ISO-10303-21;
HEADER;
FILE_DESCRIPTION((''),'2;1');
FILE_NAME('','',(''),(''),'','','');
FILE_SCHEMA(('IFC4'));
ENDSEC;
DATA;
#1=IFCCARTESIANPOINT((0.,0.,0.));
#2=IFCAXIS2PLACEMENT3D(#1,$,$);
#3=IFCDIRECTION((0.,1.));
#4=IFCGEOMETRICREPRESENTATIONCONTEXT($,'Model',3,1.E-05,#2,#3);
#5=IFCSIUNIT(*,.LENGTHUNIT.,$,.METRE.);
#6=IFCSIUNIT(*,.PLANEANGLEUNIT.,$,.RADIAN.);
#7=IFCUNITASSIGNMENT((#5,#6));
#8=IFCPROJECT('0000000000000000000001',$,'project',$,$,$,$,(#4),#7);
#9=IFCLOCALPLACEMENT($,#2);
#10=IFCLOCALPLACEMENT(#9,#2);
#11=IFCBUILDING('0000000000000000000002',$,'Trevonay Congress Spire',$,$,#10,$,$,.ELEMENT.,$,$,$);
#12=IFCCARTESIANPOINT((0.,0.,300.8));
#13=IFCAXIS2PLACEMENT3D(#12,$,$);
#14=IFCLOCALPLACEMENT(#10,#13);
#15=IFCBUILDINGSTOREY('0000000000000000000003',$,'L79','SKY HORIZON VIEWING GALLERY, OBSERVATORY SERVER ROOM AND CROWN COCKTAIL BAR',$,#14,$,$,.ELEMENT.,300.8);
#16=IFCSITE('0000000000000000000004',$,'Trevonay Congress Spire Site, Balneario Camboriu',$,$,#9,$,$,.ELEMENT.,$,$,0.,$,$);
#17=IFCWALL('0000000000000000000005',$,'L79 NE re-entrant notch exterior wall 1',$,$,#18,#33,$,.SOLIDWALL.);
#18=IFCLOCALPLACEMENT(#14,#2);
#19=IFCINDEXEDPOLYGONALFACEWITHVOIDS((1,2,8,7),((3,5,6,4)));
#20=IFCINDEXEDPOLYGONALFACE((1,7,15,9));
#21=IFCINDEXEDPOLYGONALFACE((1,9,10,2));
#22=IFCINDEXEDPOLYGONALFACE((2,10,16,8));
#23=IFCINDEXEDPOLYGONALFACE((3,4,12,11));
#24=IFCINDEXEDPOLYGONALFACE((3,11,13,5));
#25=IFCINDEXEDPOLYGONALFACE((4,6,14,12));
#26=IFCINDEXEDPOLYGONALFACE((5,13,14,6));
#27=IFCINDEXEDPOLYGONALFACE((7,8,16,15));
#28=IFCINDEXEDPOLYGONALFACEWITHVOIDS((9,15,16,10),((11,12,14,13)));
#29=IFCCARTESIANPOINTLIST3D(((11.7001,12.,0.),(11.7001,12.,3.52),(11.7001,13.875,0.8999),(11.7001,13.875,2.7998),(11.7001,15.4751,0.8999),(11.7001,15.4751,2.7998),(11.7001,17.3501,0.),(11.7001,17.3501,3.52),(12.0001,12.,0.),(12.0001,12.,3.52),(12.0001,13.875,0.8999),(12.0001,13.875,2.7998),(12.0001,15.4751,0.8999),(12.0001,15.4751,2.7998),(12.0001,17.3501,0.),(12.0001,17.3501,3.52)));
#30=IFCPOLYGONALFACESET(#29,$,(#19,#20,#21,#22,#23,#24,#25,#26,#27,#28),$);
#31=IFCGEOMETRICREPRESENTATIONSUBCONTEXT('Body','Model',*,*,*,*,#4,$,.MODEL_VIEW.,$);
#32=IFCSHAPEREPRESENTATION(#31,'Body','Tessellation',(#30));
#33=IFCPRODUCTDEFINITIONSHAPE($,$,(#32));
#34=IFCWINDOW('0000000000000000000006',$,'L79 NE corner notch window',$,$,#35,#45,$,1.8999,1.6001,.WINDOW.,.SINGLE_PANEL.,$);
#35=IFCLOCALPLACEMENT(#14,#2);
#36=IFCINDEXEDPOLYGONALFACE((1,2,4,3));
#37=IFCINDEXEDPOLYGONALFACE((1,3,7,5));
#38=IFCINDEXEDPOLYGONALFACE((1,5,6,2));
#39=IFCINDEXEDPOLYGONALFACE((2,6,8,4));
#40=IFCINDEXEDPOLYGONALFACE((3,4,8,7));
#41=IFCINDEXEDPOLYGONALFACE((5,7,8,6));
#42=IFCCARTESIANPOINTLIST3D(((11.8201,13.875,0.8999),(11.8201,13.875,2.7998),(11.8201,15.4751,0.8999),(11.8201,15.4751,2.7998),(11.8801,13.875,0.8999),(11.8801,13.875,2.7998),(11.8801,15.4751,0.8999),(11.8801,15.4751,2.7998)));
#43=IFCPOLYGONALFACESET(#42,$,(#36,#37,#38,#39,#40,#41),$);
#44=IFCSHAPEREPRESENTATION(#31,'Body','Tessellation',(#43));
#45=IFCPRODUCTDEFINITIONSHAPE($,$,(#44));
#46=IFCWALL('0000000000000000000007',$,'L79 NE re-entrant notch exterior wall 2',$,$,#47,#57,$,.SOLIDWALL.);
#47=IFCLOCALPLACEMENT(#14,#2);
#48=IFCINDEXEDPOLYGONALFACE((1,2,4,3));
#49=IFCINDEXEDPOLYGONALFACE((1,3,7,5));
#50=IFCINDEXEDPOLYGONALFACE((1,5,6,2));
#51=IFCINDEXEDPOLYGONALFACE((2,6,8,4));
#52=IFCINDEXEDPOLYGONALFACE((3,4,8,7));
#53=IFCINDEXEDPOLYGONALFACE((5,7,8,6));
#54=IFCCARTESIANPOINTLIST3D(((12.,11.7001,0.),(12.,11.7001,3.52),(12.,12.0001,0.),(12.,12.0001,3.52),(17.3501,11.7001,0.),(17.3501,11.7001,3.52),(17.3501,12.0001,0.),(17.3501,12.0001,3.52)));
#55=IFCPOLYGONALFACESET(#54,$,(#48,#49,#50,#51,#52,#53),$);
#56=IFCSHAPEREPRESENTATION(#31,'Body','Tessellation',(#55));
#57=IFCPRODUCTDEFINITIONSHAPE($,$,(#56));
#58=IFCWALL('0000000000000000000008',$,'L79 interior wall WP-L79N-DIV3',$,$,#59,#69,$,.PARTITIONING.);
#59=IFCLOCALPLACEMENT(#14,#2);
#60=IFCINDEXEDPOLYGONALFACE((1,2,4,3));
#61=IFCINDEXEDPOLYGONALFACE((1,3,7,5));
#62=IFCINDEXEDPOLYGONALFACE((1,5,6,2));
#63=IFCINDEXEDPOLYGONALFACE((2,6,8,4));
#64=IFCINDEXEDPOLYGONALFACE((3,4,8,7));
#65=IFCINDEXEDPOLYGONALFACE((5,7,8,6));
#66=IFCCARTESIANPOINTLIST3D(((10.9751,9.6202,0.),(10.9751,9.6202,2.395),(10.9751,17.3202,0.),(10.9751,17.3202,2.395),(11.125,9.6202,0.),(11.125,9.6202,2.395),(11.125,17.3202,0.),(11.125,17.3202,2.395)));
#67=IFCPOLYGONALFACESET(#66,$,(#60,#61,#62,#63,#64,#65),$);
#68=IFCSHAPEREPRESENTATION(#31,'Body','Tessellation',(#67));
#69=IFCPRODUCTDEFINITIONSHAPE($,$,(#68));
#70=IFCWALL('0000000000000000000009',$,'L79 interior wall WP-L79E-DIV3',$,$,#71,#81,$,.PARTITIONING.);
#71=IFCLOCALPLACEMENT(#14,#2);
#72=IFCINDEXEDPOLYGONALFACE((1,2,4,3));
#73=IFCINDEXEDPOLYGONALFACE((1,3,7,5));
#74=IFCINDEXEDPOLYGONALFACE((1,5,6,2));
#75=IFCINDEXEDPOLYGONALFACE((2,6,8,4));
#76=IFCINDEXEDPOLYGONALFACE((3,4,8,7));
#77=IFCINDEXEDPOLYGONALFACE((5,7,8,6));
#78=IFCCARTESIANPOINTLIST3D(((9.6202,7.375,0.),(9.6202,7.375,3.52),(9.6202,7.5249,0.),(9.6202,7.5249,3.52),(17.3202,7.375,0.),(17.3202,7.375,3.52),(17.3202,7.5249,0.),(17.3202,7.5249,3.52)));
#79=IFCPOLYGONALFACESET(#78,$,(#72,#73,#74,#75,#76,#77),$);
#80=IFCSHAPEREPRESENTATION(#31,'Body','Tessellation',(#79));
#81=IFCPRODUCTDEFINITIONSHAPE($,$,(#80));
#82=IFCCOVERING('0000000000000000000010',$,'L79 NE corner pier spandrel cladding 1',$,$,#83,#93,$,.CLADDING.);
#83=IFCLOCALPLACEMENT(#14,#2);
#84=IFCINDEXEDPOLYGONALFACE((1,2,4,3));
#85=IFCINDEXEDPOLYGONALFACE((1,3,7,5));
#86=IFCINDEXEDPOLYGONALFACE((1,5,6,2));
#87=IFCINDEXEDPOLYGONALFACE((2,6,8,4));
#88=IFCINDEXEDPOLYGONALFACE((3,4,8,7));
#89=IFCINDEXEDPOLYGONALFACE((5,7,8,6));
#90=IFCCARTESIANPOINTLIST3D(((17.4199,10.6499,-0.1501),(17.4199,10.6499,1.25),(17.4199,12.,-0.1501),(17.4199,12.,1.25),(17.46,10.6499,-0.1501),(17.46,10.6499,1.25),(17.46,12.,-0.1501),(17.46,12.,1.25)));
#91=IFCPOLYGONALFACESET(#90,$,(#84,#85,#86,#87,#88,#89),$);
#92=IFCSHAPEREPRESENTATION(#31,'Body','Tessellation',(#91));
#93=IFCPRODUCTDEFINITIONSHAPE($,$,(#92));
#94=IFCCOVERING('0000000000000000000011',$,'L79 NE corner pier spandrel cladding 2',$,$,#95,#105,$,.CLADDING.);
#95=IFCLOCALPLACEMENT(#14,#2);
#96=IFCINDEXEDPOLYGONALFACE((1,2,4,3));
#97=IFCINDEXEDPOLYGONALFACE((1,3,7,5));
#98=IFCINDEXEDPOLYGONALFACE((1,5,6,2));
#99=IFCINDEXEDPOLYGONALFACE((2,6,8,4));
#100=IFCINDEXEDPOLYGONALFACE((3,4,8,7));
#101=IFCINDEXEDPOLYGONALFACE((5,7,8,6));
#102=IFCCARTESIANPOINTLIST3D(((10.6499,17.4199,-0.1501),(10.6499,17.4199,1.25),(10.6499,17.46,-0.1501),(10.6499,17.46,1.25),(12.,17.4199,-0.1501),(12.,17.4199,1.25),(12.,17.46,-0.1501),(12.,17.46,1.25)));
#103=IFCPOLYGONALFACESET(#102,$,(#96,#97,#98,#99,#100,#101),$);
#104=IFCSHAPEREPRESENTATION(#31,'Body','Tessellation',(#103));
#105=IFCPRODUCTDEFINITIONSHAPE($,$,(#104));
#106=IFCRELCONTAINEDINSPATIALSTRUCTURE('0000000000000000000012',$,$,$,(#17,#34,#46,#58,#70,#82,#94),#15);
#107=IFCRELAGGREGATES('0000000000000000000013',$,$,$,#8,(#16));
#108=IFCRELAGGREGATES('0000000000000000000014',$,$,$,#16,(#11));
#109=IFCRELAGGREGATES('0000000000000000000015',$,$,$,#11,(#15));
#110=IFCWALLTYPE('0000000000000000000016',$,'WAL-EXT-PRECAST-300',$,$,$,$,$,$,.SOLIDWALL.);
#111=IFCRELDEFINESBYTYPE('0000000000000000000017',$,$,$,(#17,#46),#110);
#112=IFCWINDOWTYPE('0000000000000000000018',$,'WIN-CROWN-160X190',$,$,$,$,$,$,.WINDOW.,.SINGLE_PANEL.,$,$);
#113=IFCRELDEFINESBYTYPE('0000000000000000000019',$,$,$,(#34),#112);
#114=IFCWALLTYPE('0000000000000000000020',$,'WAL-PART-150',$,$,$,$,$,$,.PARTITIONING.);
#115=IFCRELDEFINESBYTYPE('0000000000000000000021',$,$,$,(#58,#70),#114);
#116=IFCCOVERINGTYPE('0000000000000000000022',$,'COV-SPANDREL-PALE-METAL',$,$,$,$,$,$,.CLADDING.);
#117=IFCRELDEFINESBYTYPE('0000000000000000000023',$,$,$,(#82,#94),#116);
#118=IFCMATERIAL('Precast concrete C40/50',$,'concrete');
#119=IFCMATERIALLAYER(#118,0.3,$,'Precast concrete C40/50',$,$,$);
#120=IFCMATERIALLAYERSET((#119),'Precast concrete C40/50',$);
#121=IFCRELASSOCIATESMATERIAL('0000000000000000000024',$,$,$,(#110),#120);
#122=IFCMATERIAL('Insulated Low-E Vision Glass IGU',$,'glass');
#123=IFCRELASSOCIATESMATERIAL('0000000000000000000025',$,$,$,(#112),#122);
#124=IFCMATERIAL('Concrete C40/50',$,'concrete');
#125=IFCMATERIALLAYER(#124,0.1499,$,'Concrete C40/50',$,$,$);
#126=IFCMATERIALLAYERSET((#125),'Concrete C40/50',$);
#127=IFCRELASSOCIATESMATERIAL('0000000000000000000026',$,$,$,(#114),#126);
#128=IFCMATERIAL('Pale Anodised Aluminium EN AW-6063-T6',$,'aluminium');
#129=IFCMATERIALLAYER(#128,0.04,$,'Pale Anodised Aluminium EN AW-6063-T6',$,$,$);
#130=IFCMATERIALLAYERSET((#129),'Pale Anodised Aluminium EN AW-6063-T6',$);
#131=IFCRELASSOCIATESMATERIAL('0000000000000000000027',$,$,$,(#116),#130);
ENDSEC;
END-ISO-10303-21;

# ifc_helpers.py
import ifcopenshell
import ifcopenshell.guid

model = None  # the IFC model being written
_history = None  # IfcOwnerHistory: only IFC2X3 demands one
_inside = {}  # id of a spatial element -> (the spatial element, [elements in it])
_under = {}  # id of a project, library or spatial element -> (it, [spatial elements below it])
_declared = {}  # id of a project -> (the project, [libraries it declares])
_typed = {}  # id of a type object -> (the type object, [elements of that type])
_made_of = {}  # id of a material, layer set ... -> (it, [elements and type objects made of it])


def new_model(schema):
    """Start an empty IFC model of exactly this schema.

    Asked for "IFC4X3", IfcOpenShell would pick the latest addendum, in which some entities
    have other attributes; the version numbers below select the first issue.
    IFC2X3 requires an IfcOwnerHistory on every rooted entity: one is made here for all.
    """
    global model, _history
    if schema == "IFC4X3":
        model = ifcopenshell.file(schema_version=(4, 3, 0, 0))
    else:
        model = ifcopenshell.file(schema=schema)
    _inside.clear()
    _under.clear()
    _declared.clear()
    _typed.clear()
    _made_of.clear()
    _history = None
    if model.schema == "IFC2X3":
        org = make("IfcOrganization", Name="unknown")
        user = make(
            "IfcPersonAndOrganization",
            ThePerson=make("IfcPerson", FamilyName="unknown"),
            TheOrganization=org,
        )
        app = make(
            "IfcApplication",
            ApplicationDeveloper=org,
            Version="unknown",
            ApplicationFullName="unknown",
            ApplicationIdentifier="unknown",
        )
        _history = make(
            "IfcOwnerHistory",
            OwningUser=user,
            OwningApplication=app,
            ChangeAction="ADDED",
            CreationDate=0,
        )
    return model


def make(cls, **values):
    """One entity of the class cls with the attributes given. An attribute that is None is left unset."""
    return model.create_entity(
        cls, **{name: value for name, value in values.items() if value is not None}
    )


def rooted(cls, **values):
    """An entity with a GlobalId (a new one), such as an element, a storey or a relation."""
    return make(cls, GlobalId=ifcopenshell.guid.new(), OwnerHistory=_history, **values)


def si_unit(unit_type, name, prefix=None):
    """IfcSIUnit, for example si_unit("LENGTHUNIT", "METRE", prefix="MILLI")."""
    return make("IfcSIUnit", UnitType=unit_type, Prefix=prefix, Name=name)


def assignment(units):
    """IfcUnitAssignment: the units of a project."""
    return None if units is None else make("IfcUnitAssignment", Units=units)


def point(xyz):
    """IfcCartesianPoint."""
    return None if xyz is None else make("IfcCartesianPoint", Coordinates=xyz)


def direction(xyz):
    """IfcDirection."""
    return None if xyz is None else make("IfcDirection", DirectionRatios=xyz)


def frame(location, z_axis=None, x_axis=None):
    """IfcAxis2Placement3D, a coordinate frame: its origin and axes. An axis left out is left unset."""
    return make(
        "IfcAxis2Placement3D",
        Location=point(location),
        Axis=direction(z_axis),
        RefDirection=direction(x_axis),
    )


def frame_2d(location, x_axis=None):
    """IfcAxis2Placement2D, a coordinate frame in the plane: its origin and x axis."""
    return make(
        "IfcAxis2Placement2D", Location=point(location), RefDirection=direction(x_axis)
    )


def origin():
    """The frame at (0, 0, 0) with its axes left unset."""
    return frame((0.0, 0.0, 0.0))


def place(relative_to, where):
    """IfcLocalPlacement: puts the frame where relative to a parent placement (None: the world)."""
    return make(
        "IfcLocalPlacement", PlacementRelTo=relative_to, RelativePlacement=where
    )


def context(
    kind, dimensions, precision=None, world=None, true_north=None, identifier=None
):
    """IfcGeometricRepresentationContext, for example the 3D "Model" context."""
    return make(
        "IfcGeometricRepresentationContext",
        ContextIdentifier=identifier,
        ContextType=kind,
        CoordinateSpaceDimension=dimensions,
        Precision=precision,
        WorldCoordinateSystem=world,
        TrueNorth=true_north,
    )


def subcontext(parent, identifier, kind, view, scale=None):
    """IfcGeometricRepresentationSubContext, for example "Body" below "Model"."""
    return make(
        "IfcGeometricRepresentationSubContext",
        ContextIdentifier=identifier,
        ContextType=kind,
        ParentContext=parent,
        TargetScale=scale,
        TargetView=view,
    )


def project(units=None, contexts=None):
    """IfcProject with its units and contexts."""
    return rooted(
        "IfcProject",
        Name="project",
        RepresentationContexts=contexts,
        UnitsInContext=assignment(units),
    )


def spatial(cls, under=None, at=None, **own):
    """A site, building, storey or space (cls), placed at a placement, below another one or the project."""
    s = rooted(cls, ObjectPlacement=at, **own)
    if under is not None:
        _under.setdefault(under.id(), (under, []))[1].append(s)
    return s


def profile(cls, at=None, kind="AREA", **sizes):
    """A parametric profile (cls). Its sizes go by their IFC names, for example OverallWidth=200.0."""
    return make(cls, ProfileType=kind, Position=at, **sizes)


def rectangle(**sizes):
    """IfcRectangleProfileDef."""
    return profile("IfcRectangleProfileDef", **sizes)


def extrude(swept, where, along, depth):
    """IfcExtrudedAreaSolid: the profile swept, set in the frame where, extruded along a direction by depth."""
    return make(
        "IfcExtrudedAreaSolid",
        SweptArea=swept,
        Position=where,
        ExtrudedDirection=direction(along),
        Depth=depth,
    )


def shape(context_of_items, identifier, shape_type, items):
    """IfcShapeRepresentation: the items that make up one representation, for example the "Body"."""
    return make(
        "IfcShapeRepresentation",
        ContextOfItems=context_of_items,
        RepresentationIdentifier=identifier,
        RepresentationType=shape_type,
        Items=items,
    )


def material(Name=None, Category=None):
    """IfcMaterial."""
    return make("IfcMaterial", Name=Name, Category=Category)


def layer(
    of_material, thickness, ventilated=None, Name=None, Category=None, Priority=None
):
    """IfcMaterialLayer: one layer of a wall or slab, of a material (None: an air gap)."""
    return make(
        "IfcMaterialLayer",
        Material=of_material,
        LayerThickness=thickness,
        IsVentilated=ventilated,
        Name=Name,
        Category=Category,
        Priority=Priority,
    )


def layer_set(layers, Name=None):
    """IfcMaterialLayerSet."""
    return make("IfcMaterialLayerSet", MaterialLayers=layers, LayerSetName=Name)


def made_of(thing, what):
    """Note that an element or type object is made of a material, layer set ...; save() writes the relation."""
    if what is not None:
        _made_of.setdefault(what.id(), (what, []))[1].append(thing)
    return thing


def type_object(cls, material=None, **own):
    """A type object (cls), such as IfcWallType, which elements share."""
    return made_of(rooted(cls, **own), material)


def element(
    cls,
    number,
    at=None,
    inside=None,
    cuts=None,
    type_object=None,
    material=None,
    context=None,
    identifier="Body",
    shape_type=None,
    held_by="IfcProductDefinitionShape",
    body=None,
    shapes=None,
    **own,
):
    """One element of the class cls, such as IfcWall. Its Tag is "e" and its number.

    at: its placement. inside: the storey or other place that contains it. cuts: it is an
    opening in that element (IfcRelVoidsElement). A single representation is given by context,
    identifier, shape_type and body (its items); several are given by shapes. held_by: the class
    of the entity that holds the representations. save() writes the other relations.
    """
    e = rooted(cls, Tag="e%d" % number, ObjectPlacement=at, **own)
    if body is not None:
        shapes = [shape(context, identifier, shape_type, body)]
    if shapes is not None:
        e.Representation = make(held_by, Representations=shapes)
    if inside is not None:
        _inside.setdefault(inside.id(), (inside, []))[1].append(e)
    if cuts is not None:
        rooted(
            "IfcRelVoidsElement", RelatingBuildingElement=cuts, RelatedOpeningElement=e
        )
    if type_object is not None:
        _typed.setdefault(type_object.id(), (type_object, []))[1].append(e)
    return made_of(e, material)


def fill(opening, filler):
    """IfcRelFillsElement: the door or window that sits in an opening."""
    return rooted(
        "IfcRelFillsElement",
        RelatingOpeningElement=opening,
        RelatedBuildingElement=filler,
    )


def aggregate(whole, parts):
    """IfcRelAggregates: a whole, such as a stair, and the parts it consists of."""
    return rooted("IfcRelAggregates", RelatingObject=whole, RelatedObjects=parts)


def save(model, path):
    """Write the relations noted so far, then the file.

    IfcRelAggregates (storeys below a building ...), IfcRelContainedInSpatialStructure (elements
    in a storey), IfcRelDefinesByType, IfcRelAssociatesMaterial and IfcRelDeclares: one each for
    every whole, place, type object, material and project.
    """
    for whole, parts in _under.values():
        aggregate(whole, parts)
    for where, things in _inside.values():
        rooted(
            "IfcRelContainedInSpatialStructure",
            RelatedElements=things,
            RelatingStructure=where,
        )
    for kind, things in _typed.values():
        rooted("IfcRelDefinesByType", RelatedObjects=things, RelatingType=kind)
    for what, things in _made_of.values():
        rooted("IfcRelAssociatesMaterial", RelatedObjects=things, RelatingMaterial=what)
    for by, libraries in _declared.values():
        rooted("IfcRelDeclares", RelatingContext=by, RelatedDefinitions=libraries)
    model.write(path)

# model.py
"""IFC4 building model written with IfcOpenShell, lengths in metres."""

from ifc_helpers import new_model, si_unit, direction, frame, frame_2d, origin, place, context, subcontext, project, spatial, rectangle, extrude, material, layer, layer_set, type_object, element, fill, save


model = new_model("IFC4")

# Units and contexts
model_context = context("Model", 3, precision=1e-05, world=origin(), true_north=direction((0.0, 1.0)))
body_context = subcontext(model_context, "Body", "Model", "MODEL_VIEW")
ifc_project = project(units=[si_unit("LENGTHUNIT", "METRE"), si_unit("PLANEANGLEUNIT", "RADIAN")], contexts=[model_context])

# Site, building, storey
site_placement = place(None, origin())
site = spatial("IfcSite", under=ifc_project, at=site_placement, Name="Trevonay Congress Spire Site, Balneario Camboriu", CompositionType="ELEMENT", RefElevation=0.0)
building_placement = place(site_placement, origin())
building = spatial("IfcBuilding", under=site, at=building_placement, Name="Trevonay Congress Spire", CompositionType="ELEMENT")
storey_placement = place(building_placement, frame((0.0, 0.0, 300.8)))
storey = spatial("IfcBuildingStorey", under=building, at=storey_placement, Name="L79", Description="SKY HORIZON VIEWING GALLERY, OBSERVATORY SERVER ROOM AND CROWN COCKTAIL BAR", CompositionType="ELEMENT", Elevation=300.8)

# Shared definitions
ifc_material_1 = material(Name="Pale Anodised Aluminium EN AW-6063-T6", Category="aluminium")

# Shared definitions
ifc_material_2 = material(Name="Insulated Low-E Vision Glass IGU", Category="glass")

# Wall, opening, window
ifc_material_3 = material(Name="Precast concrete C40/50", Category="concrete")
ifc_layer_1 = layer(ifc_material_3, 0.3, Name="Precast concrete C40/50")
ifc_layer_set_1 = layer_set([ifc_layer_1], Name="Precast concrete C40/50")
wall_type_1 = type_object("IfcWallType", Name="WAL-EXT-PRECAST-300", PredefinedType="SOLIDWALL", material=ifc_layer_set_1)
wall_1_placement = place(storey_placement, frame((11.8501, 17.3501, 0.0), z_axis=(0.0, 0.0, 1.0), x_axis=(0.0, -1.0, 0.0)))
wall_1 = element("IfcWall", 1, at=wall_1_placement, inside=storey, type_object=wall_type_1, Name="L79 NE re-entrant notch exterior wall 1", PredefinedType="SOLIDWALL", context=body_context, shape_type="SweptSolid", body=[
    extrude(rectangle(XDim=5.3501, YDim=0.3, at=frame_2d((2.675, 0.0))), origin(), (0.0, 0.0, 1.0), 3.52),
])
opening_placement = place(wall_1_placement, frame((1.875, 0.0, 0.8999)))
opening = element("IfcOpeningElement", 2, at=opening_placement, cuts=wall_1, PredefinedType="OPENING", context=body_context, shape_type="SweptSolid", body=[
    extrude(rectangle(XDim=1.6001, YDim=1.8999, at=frame_2d((0.8, 0.95))), frame((0.0, 0.1602, 0.0), z_axis=(0.0, -1.0, 0.0), x_axis=(1.0, 0.0, 0.0)), (0.0, 0.0, 1.0), 0.3201),
])
window_type = type_object("IfcWindowType", Name="WIN-CROWN-160X190", PartitioningType="SINGLE_PANEL", PredefinedType="WINDOW", material=ifc_material_2)
window_placement = place(opening_placement, origin())
window = element("IfcWindow", 3, at=window_placement, inside=storey, type_object=window_type, Name="L79 NE corner notch window", OverallHeight=1.8999, OverallWidth=1.6001, PartitioningType="SINGLE_PANEL", PredefinedType="WINDOW", context=body_context, shape_type="SweptSolid", body=[
    extrude(rectangle(XDim=1.6001, YDim=1.8999, at=frame_2d((0.8, 0.95))), frame((0.0, 0.03, 0.0), z_axis=(0.0, -1.0, 0.0), x_axis=(1.0, 0.0, 0.0)), (0.0, 0.0, 1.0), 0.0601),
])
fill(opening, window)

# Walls
wall_2_placement = place(storey_placement, frame((17.3501, 11.8501, 0.0), z_axis=(0.0, 0.0, 1.0), x_axis=(-1.0, 0.0, 0.0)))
element("IfcWall", 4, at=wall_2_placement, inside=storey, type_object=wall_type_1, Name="L79 NE re-entrant notch exterior wall 2", PredefinedType="SOLIDWALL", context=body_context, shape_type="SweptSolid", body=[
    extrude(rectangle(XDim=5.3501, YDim=0.3, at=frame_2d((2.675, 0.0))), origin(), (0.0, 0.0, 1.0), 3.52),
])
ifc_material_4 = material(Name="Concrete C40/50", Category="concrete")
ifc_layer_2 = layer(ifc_material_4, 0.1499, Name="Concrete C40/50")
ifc_layer_set_2 = layer_set([ifc_layer_2], Name="Concrete C40/50")
wall_type_2 = type_object("IfcWallType", Name="WAL-PART-150", PredefinedType="PARTITIONING", material=ifc_layer_set_2)
wall_3_placement = place(storey_placement, frame((11.05, 9.6201, 0.0), z_axis=(0.0, 0.0, 1.0), x_axis=(0.0, 1.0, 0.0)))
element("IfcWall", 5, at=wall_3_placement, inside=storey, type_object=wall_type_2, Name="L79 interior wall WP-L79N-DIV3", PredefinedType="PARTITIONING", context=body_context, shape_type="SweptSolid", body=[
    extrude(rectangle(XDim=7.7, YDim=0.1499, at=frame_2d((3.8501, 0.0))), origin(), (0.0, 0.0, 1.0), 2.395),
])
wall_4_placement = place(storey_placement, frame((9.6201, 7.45, 0.0), z_axis=(0.0, 0.0, 1.0), x_axis=(1.0, 0.0, 0.0)))
element("IfcWall", 6, at=wall_4_placement, inside=storey, type_object=wall_type_2, Name="L79 interior wall WP-L79E-DIV3", PredefinedType="PARTITIONING", context=body_context, shape_type="SweptSolid", body=[
    extrude(rectangle(XDim=7.7, YDim=0.1499, at=frame_2d((3.8501, 0.0))), origin(), (0.0, 0.0, 1.0), 3.52),
])

# Coverings
ifc_layer_3 = layer(ifc_material_1, 0.04, Name="Pale Anodised Aluminium EN AW-6063-T6")
ifc_layer_set_3 = layer_set([ifc_layer_3], Name="Pale Anodised Aluminium EN AW-6063-T6")
covering_type = type_object("IfcCoveringType", Name="COV-SPANDREL-PALE-METAL", PredefinedType="CLADDING", material=ifc_layer_set_3)
for number, where, z_axis, x_axis, name in (
    (7, (17.4399, 10.6499, -0.1501), (0.0, 0.0, 1.0), (0.0, 1.0, 0.0), "L79 NE corner pier spandrel cladding 1"),
    (8, (10.6499, 17.4399, -0.1501), (0.0, 0.0, 1.0), (1.0, 0.0, 0.0), "L79 NE corner pier spandrel cladding 2"),
):
    element("IfcCovering", number, at=place(storey_placement, frame(where, z_axis=z_axis, x_axis=x_axis)), inside=storey, type_object=covering_type, Name=name, PredefinedType="CLADDING", context=body_context, shape_type="SweptSolid", body=[
        extrude(rectangle(XDim=1.3501, YDim=0.04, at=frame_2d((0.675, 0.0))), origin(), (0.0, 0.0, 1.0), 1.4001),
    ])

save(model, "model.ifc")
